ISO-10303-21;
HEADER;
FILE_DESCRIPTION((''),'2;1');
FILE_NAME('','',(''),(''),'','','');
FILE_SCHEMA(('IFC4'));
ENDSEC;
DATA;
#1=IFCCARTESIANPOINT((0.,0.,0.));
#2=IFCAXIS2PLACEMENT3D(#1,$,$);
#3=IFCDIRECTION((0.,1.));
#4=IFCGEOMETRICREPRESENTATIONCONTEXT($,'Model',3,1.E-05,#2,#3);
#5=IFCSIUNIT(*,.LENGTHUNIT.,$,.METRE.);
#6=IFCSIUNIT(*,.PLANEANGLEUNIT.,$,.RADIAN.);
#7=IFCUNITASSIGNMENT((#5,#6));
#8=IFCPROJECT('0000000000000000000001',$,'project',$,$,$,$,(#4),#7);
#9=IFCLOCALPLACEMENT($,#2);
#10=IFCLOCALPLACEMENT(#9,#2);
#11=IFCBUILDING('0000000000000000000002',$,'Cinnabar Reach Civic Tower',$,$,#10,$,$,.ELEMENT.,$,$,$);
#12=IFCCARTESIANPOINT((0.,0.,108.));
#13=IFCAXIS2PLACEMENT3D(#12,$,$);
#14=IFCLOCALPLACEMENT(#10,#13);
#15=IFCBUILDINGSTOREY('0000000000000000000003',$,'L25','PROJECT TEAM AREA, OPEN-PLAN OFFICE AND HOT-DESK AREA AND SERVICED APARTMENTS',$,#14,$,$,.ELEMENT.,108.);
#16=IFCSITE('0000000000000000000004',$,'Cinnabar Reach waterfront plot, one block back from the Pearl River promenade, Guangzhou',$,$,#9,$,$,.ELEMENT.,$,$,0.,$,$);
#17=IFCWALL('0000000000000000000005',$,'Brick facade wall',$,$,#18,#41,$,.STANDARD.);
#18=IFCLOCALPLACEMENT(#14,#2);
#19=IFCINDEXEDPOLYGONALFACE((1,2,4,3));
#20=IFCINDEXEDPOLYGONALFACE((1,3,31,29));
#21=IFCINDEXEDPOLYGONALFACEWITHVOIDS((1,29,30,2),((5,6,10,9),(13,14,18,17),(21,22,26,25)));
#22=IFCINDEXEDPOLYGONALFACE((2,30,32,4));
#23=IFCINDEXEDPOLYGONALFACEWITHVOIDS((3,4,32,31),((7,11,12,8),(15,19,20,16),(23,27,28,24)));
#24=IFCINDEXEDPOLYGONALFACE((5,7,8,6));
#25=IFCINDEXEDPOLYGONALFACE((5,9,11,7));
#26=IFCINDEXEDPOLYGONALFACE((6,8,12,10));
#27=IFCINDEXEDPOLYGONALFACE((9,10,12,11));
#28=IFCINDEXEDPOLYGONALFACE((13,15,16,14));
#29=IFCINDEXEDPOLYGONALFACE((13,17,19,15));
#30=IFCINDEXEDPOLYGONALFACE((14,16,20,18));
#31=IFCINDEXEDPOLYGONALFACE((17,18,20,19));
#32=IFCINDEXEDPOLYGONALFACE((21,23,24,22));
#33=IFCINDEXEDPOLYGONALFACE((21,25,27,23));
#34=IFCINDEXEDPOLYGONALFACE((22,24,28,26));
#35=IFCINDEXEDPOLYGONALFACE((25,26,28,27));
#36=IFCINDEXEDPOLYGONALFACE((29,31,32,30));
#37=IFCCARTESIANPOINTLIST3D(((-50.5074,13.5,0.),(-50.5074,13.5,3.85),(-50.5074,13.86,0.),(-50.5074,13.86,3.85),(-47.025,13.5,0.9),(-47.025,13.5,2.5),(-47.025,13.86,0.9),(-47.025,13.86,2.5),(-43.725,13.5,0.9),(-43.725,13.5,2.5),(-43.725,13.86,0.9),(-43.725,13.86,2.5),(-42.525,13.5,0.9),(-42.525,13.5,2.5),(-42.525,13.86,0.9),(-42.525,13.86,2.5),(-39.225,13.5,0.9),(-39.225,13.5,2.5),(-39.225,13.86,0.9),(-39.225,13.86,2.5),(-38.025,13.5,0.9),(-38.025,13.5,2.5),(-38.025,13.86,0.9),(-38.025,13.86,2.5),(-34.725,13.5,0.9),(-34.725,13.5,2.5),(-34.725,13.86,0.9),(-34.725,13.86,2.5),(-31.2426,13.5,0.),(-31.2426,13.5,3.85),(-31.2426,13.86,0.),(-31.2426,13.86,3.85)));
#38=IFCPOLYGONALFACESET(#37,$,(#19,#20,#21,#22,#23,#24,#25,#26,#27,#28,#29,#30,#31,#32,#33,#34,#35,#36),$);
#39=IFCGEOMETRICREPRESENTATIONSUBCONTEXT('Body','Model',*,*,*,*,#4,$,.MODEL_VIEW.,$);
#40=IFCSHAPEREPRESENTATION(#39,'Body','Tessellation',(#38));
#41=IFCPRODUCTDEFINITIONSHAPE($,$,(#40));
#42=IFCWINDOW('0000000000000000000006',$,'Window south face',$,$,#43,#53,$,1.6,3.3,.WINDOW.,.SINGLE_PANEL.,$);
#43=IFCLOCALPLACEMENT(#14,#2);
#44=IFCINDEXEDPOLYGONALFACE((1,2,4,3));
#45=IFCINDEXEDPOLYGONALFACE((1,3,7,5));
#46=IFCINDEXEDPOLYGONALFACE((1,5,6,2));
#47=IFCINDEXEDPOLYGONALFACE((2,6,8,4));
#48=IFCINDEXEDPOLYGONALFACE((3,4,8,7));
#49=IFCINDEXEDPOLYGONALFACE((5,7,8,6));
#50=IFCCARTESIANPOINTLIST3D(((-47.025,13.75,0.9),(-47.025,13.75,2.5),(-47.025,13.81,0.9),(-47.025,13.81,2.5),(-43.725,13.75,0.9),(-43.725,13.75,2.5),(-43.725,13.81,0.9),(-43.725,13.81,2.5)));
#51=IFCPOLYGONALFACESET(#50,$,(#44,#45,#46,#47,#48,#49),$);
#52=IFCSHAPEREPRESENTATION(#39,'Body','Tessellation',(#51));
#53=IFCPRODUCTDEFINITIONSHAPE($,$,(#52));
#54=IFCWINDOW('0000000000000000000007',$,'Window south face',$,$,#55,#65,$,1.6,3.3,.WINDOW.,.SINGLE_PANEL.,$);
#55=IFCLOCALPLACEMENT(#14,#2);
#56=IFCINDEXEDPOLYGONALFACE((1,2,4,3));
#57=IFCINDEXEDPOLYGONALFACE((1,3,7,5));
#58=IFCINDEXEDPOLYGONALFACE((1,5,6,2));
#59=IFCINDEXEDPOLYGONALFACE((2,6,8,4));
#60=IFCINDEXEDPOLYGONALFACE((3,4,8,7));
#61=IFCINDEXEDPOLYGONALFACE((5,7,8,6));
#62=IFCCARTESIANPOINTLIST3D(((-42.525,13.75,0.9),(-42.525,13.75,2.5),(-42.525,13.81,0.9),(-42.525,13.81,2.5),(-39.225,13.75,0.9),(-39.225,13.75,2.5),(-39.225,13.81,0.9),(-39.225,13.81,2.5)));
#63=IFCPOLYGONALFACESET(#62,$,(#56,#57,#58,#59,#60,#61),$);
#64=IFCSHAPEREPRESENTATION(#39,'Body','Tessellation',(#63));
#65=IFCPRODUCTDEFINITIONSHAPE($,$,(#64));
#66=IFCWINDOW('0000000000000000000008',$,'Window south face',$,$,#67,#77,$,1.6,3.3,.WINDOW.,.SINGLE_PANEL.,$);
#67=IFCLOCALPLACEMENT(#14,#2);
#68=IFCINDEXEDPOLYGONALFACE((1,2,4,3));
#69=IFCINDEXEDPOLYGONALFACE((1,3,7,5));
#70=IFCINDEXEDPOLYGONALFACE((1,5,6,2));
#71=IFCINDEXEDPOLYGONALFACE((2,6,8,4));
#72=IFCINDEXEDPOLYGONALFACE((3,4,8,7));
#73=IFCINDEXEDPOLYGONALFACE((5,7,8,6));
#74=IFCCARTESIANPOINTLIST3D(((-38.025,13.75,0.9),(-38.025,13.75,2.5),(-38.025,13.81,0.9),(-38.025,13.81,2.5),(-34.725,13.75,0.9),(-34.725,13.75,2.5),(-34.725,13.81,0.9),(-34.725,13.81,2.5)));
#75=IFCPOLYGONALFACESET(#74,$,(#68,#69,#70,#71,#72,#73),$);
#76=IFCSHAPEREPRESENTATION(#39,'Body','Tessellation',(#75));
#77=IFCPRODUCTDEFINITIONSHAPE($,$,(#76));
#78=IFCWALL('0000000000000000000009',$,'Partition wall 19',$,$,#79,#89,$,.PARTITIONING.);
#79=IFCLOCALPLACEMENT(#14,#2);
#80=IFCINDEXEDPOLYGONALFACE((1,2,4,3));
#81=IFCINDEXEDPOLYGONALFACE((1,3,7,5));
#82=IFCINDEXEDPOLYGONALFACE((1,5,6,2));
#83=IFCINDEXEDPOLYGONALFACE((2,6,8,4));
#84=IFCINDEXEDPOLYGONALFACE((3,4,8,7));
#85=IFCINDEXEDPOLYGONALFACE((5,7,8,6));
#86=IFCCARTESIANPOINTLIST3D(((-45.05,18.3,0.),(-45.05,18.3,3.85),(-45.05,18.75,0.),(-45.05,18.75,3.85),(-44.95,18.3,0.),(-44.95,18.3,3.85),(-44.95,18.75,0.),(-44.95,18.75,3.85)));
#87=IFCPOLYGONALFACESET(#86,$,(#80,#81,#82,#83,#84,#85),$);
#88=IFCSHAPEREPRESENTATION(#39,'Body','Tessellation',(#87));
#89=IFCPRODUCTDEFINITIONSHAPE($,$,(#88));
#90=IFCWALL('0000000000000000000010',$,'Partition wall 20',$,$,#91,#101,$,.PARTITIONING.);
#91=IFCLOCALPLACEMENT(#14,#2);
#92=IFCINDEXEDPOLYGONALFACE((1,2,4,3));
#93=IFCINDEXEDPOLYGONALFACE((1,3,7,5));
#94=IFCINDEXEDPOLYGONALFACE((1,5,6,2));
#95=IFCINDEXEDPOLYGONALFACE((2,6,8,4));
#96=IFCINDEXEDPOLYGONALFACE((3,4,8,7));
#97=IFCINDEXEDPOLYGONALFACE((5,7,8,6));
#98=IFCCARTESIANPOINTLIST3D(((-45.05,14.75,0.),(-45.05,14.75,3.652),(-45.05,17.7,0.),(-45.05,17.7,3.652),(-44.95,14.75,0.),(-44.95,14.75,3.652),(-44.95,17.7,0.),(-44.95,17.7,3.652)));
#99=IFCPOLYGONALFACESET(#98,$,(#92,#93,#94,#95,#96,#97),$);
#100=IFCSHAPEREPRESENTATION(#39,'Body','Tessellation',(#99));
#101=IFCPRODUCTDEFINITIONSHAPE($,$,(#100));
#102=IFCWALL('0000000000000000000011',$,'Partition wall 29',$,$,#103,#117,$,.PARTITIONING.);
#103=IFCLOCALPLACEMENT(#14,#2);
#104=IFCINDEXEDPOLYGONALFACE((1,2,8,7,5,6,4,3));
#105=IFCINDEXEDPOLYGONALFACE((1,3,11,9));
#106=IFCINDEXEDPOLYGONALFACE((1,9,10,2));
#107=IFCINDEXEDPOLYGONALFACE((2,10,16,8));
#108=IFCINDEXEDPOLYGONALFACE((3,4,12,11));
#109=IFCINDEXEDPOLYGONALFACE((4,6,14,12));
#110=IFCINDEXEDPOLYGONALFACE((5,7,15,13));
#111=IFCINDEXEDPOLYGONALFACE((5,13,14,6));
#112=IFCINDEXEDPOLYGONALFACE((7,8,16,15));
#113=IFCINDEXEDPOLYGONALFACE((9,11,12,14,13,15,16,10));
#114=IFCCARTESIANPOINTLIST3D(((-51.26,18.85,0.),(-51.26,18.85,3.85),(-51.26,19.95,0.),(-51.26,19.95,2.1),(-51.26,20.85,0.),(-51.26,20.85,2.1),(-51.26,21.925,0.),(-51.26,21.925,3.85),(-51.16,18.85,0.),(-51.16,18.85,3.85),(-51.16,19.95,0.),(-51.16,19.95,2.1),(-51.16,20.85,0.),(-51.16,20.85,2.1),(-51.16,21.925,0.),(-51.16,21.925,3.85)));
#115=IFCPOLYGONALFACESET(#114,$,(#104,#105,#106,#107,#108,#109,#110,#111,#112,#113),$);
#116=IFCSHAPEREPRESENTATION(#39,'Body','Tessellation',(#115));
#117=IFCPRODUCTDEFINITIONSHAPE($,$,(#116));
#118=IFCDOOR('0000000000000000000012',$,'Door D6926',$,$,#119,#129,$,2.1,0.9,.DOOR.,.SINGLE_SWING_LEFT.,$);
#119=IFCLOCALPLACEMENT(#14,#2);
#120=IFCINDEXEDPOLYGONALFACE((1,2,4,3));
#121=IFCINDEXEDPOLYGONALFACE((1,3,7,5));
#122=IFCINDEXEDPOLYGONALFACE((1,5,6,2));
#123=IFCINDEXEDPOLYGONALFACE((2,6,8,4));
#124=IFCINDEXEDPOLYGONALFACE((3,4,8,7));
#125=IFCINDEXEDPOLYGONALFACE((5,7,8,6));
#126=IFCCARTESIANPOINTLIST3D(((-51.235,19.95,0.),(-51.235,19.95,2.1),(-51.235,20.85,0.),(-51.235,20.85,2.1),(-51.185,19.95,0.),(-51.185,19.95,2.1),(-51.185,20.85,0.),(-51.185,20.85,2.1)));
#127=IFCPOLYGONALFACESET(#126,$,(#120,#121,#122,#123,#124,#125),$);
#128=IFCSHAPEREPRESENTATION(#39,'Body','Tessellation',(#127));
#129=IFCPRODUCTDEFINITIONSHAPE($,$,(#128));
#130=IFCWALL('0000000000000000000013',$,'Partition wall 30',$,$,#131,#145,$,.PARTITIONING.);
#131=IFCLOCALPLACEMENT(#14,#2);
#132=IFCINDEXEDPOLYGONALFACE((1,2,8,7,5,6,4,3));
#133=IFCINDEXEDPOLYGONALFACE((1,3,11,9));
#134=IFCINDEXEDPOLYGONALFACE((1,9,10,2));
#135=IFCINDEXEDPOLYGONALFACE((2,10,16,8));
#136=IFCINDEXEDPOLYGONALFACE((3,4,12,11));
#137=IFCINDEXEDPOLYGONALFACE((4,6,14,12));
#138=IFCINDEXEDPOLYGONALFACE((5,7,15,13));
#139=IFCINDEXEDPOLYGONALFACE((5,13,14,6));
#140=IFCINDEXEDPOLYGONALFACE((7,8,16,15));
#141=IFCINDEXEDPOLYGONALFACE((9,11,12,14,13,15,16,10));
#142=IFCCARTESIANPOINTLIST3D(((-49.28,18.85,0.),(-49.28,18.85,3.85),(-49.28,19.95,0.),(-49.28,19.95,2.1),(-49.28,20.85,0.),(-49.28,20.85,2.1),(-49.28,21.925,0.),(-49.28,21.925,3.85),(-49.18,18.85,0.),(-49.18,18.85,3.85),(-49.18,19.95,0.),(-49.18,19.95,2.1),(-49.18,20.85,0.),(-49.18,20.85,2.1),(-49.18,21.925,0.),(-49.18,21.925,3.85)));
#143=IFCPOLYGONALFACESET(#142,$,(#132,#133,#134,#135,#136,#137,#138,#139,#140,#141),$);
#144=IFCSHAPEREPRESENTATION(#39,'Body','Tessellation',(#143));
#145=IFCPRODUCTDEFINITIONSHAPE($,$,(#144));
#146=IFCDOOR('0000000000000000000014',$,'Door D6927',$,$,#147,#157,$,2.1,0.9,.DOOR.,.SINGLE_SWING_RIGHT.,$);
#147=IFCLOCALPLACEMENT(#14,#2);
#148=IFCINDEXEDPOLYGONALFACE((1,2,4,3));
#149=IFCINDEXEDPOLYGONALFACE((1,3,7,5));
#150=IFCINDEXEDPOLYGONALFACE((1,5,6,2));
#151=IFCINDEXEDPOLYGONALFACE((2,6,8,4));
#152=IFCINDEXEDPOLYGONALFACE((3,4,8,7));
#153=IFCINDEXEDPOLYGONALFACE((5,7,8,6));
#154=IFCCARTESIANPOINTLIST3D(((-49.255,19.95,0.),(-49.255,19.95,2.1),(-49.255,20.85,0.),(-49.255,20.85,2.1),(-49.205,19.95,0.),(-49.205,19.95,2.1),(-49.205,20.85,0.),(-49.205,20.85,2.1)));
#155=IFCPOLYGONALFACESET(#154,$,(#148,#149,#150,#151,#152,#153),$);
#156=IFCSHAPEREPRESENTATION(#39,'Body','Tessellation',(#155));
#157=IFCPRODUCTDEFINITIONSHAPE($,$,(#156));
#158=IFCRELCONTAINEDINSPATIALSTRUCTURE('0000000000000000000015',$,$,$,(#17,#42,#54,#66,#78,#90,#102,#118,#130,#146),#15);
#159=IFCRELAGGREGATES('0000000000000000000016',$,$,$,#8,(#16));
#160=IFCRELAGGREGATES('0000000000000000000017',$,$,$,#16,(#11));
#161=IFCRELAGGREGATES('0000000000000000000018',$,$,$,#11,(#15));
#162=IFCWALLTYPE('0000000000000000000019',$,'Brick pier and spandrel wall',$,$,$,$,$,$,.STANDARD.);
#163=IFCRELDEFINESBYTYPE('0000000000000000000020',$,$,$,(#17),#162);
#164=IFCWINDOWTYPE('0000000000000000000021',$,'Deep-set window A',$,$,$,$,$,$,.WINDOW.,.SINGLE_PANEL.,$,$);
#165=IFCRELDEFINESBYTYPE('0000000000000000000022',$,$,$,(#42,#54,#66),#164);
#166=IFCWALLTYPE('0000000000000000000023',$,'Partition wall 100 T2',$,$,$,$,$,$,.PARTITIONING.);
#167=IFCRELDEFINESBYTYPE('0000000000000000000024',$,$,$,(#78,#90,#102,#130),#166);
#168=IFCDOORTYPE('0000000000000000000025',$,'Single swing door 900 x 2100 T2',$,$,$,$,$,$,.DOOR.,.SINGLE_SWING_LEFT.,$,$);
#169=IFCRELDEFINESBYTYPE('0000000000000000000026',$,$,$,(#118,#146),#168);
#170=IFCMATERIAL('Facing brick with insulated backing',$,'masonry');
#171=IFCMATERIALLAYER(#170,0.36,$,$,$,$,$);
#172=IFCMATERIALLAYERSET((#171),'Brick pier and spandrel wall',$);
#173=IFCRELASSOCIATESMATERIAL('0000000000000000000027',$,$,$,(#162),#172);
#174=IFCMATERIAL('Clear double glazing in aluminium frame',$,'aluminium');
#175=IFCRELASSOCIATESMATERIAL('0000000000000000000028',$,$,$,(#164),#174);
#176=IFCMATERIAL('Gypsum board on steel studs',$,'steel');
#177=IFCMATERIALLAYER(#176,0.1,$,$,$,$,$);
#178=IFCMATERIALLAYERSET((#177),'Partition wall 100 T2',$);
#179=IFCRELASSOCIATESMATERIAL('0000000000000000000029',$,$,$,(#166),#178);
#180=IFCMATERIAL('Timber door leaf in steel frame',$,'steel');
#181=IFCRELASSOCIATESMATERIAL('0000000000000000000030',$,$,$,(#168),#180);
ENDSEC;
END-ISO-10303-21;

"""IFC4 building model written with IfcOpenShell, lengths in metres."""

from ifc_helpers import new_model, si_unit, direction, frame, frame_2d, origin, place, context, subcontext, project, spatial, rectangle, extrude, material, layer, layer_set, type_object, element, fill, save


model = new_model("IFC4")

# Units and contexts
model_context = context("Model", 3, precision=1e-05, world=origin(), true_north=direction((0.0, 1.0)))
body_context = subcontext(model_context, "Body", "Model", "MODEL_VIEW")
ifc_project = project(units=[si_unit("LENGTHUNIT", "METRE"), si_unit("PLANEANGLEUNIT", "RADIAN")], contexts=[model_context])

# Site, building, storey
site_placement = place(None, origin())
site = spatial("IfcSite", under=ifc_project, at=site_placement, Name="Cinnabar Reach waterfront plot, one block back from the Pearl River promenade, Guangzhou", CompositionType="ELEMENT", RefElevation=0.0)
building_placement = place(site_placement, origin())
building = spatial("IfcBuilding", under=site, at=building_placement, Name="Cinnabar Reach Civic Tower", CompositionType="ELEMENT")
storey_placement = place(building_placement, frame((0.0, 0.0, 108.0)))
storey = spatial("IfcBuildingStorey", under=building, at=storey_placement, Name="L25", Description="PROJECT TEAM AREA, OPEN-PLAN OFFICE AND HOT-DESK AREA AND SERVICED APARTMENTS", CompositionType="ELEMENT", Elevation=108.0)

# Shared definitions
ifc_material_1 = material(Name="Facing brick with insulated backing", Category="masonry")

# Wall, openings, windows
ifc_layer_1 = layer(ifc_material_1, 0.36)
ifc_layer_set_1 = layer_set([ifc_layer_1], Name="Brick pier and spandrel wall")
wall_type_1 = type_object("IfcWallType", Name="Brick pier and spandrel wall", PredefinedType="STANDARD", material=ifc_layer_set_1)
wall_1_placement = place(storey_placement, frame((-50.5074, 13.68, 0.0), z_axis=(0.0, 0.0, 1.0), x_axis=(1.0, 0.0, 0.0)))
wall_1 = element("IfcWall", 1, at=wall_1_placement, inside=storey, type_object=wall_type_1, Name="Brick facade wall", PredefinedType="STANDARD", context=body_context, shape_type="SweptSolid", body=[
    extrude(rectangle(XDim=19.2648, YDim=0.36, at=frame_2d((9.6324, 0.0))), origin(), (0.0, 0.0, 1.0), 3.85),
])
opening_1_placement = place(wall_1_placement, frame((3.4824, 0.0, 0.9)))
opening_1 = element("IfcOpeningElement", 2, at=opening_1_placement, cuts=wall_1, PredefinedType="OPENING", context=body_context, shape_type="SweptSolid", body=[
    extrude(rectangle(XDim=3.3, YDim=1.6, at=frame_2d((1.65, 0.8))), frame((0.0, 0.19, 0.0), z_axis=(0.0, -1.0, 0.0), x_axis=(1.0, 0.0, 0.0)), (0.0, 0.0, 1.0), 0.38),
])
opening_2_placement = place(wall_1_placement, frame((7.9824, 0.0, 0.9)))
opening_2 = element("IfcOpeningElement", 3, at=opening_2_placement, cuts=wall_1, PredefinedType="OPENING", context=body_context, shape_type="SweptSolid", body=[
    extrude(rectangle(XDim=3.3, YDim=1.6, at=frame_2d((1.65, 0.8))), frame((0.0, 0.19, 0.0), z_axis=(0.0, -1.0, 0.0), x_axis=(1.0, 0.0, 0.0)), (0.0, 0.0, 1.0), 0.38),
])
opening_3_placement = place(wall_1_placement, frame((12.4824, 0.0, 0.9)))
opening_3 = element("IfcOpeningElement", 4, at=opening_3_placement, cuts=wall_1, PredefinedType="OPENING", context=body_context, shape_type="SweptSolid", body=[
    extrude(rectangle(XDim=3.3, YDim=1.6, at=frame_2d((1.65, 0.8))), frame((0.0, 0.19, 0.0), z_axis=(0.0, -1.0, 0.0), x_axis=(1.0, 0.0, 0.0)), (0.0, 0.0, 1.0), 0.38),
])
ifc_material_2 = material(Name="Clear double glazing in aluminium frame", Category="aluminium")
window_type = type_object("IfcWindowType", Name="Deep-set window A", PartitioningType="SINGLE_PANEL", PredefinedType="WINDOW", material=ifc_material_2)
window_1_placement = place(opening_1_placement, origin())
window_1 = element("IfcWindow", 5, at=window_1_placement, inside=storey, type_object=window_type, Name="Window south face", OverallHeight=1.6, OverallWidth=3.3, PartitioningType="SINGLE_PANEL", PredefinedType="WINDOW", context=body_context, shape_type="SweptSolid", body=[
    extrude(rectangle(XDim=3.3, YDim=1.6, at=frame_2d((1.65, 0.8))), frame((0.0, 0.13, 0.0), z_axis=(0.0, -1.0, 0.0), x_axis=(1.0, 0.0, 0.0)), (0.0, 0.0, 1.0), 0.06),
])
fill(opening_1, window_1)
window_2_placement = place(opening_2_placement, origin())
window_2 = element("IfcWindow", 6, at=window_2_placement, inside=storey, type_object=window_type, Name="Window south face", OverallHeight=1.6, OverallWidth=3.3, PartitioningType="SINGLE_PANEL", PredefinedType="WINDOW", context=body_context, shape_type="SweptSolid", body=[
    extrude(rectangle(XDim=3.3, YDim=1.6, at=frame_2d((1.65, 0.8))), frame((0.0, 0.13, 0.0), z_axis=(0.0, -1.0, 0.0), x_axis=(1.0, 0.0, 0.0)), (0.0, 0.0, 1.0), 0.06),
])
fill(opening_2, window_2)
window_3_placement = place(opening_3_placement, origin())
window_3 = element("IfcWindow", 7, at=window_3_placement, inside=storey, type_object=window_type, Name="Window south face", OverallHeight=1.6, OverallWidth=3.3, PartitioningType="SINGLE_PANEL", PredefinedType="WINDOW", context=body_context, shape_type="SweptSolid", body=[
    extrude(rectangle(XDim=3.3, YDim=1.6, at=frame_2d((1.65, 0.8))), frame((0.0, 0.13, 0.0), z_axis=(0.0, -1.0, 0.0), x_axis=(1.0, 0.0, 0.0)), (0.0, 0.0, 1.0), 0.06),
])
fill(opening_3, window_3)

# Walls
ifc_material_3 = material(Name="Gypsum board on steel studs", Category="steel")
ifc_layer_2 = layer(ifc_material_3, 0.1)
ifc_layer_set_2 = layer_set([ifc_layer_2], Name="Partition wall 100 T2")
wall_type_2 = type_object("IfcWallType", Name="Partition wall 100 T2", PredefinedType="PARTITIONING", material=ifc_layer_set_2)
wall_2_placement = place(storey_placement, frame((-45.0, 18.3, 0.0), z_axis=(0.0, 0.0, 1.0), x_axis=(0.0, 1.0, 0.0)))
element("IfcWall", 8, at=wall_2_placement, inside=storey, type_object=wall_type_2, Name="Partition wall 19", PredefinedType="PARTITIONING", context=body_context, shape_type="SweptSolid", body=[
    extrude(rectangle(XDim=0.45, YDim=0.1, at=frame_2d((0.225, 0.0))), origin(), (0.0, 0.0, 1.0), 3.85),
])
wall_3_placement = place(storey_placement, frame((-45.0, 14.75, 0.0), z_axis=(0.0, 0.0, 1.0), x_axis=(0.0, 1.0, 0.0)))
element("IfcWall", 9, at=wall_3_placement, inside=storey, type_object=wall_type_2, Name="Partition wall 20", PredefinedType="PARTITIONING", context=body_context, shape_type="SweptSolid", body=[
    extrude(rectangle(XDim=2.95, YDim=0.1, at=frame_2d((1.475, 0.0))), origin(), (0.0, 0.0, 1.0), 3.652),
])

# Walls, openings, doors
wall_4_placement = place(storey_placement, frame((-51.21, 18.85, 0.0), z_axis=(0.0, 0.0, 1.0), x_axis=(0.0, 1.0, 0.0)))
wall_4 = element("IfcWall", 10, at=wall_4_placement, inside=storey, type_object=wall_type_2, Name="Partition wall 29", PredefinedType="PARTITIONING", context=body_context, shape_type="SweptSolid", body=[
    extrude(rectangle(XDim=3.075, YDim=0.1, at=frame_2d((1.5375, 0.0))), origin(), (0.0, 0.0, 1.0), 3.85),
])
opening_4_placement = place(wall_4_placement, frame((1.1, 0.0, 0.0)))
opening_4 = element("IfcOpeningElement", 11, at=opening_4_placement, cuts=wall_4, PredefinedType="OPENING", context=body_context, shape_type="SweptSolid", body=[
    extrude(rectangle(XDim=0.9, YDim=2.1, at=frame_2d((0.45, 1.05))), frame((0.0, 0.06, 0.0), z_axis=(0.0, -1.0, 0.0), x_axis=(1.0, 0.0, 0.0)), (0.0, 0.0, 1.0), 0.12),
])
ifc_material_4 = material(Name="Timber door leaf in steel frame", Category="steel")
door_type = type_object("IfcDoorType", Name="Single swing door 900 x 2100 T2", OperationType="SINGLE_SWING_LEFT", PredefinedType="DOOR", material=ifc_material_4)
door_1_placement = place(opening_4_placement, origin())
door_1 = element("IfcDoor", 12, at=door_1_placement, inside=storey, type_object=door_type, Name="Door D6926", OperationType="SINGLE_SWING_LEFT", OverallHeight=2.1, OverallWidth=0.9, PredefinedType="DOOR", context=body_context, shape_type="SweptSolid", body=[
    extrude(rectangle(XDim=0.9, YDim=2.1, at=frame_2d((0.45, 1.05))), frame((0.0, 0.025, 0.0), z_axis=(0.0, -1.0, 0.0), x_axis=(1.0, 0.0, 0.0)), (0.0, 0.0, 1.0), 0.05),
])
fill(opening_4, door_1)
wall_5_placement = place(storey_placement, frame((-49.23, 18.85, 0.0), z_axis=(0.0, 0.0, 1.0), x_axis=(0.0, 1.0, 0.0)))
wall_5 = element("IfcWall", 13, at=wall_5_placement, inside=storey, type_object=wall_type_2, Name="Partition wall 30", PredefinedType="PARTITIONING", context=body_context, shape_type="SweptSolid", body=[
    extrude(rectangle(XDim=3.075, YDim=0.1, at=frame_2d((1.5375, 0.0))), origin(), (0.0, 0.0, 1.0), 3.85),
])
opening_5_placement = place(wall_5_placement, frame((1.1, 0.0, 0.0)))
opening_5 = element("IfcOpeningElement", 14, at=opening_5_placement, cuts=wall_5, PredefinedType="OPENING", context=body_context, shape_type="SweptSolid", body=[
    extrude(rectangle(XDim=0.9, YDim=2.1, at=frame_2d((0.45, 1.05))), frame((0.0, 0.06, 0.0), z_axis=(0.0, -1.0, 0.0), x_axis=(1.0, 0.0, 0.0)), (0.0, 0.0, 1.0), 0.12),
])
door_2_placement = place(opening_5_placement, origin())
door_2 = element("IfcDoor", 15, at=door_2_placement, inside=storey, type_object=door_type, Name="Door D6927", OperationType="SINGLE_SWING_RIGHT", OverallHeight=2.1, OverallWidth=0.9, PredefinedType="DOOR", context=body_context, shape_type="SweptSolid", body=[
    extrude(rectangle(XDim=0.9, YDim=2.1, at=frame_2d((0.45, 1.05))), frame((0.0, 0.025, 0.0), z_axis=(0.0, -1.0, 0.0), x_axis=(1.0, 0.0, 0.0)), (0.0, 0.0, 1.0), 0.05),
])
fill(opening_5, door_2)

save(model, "model.ifc")
